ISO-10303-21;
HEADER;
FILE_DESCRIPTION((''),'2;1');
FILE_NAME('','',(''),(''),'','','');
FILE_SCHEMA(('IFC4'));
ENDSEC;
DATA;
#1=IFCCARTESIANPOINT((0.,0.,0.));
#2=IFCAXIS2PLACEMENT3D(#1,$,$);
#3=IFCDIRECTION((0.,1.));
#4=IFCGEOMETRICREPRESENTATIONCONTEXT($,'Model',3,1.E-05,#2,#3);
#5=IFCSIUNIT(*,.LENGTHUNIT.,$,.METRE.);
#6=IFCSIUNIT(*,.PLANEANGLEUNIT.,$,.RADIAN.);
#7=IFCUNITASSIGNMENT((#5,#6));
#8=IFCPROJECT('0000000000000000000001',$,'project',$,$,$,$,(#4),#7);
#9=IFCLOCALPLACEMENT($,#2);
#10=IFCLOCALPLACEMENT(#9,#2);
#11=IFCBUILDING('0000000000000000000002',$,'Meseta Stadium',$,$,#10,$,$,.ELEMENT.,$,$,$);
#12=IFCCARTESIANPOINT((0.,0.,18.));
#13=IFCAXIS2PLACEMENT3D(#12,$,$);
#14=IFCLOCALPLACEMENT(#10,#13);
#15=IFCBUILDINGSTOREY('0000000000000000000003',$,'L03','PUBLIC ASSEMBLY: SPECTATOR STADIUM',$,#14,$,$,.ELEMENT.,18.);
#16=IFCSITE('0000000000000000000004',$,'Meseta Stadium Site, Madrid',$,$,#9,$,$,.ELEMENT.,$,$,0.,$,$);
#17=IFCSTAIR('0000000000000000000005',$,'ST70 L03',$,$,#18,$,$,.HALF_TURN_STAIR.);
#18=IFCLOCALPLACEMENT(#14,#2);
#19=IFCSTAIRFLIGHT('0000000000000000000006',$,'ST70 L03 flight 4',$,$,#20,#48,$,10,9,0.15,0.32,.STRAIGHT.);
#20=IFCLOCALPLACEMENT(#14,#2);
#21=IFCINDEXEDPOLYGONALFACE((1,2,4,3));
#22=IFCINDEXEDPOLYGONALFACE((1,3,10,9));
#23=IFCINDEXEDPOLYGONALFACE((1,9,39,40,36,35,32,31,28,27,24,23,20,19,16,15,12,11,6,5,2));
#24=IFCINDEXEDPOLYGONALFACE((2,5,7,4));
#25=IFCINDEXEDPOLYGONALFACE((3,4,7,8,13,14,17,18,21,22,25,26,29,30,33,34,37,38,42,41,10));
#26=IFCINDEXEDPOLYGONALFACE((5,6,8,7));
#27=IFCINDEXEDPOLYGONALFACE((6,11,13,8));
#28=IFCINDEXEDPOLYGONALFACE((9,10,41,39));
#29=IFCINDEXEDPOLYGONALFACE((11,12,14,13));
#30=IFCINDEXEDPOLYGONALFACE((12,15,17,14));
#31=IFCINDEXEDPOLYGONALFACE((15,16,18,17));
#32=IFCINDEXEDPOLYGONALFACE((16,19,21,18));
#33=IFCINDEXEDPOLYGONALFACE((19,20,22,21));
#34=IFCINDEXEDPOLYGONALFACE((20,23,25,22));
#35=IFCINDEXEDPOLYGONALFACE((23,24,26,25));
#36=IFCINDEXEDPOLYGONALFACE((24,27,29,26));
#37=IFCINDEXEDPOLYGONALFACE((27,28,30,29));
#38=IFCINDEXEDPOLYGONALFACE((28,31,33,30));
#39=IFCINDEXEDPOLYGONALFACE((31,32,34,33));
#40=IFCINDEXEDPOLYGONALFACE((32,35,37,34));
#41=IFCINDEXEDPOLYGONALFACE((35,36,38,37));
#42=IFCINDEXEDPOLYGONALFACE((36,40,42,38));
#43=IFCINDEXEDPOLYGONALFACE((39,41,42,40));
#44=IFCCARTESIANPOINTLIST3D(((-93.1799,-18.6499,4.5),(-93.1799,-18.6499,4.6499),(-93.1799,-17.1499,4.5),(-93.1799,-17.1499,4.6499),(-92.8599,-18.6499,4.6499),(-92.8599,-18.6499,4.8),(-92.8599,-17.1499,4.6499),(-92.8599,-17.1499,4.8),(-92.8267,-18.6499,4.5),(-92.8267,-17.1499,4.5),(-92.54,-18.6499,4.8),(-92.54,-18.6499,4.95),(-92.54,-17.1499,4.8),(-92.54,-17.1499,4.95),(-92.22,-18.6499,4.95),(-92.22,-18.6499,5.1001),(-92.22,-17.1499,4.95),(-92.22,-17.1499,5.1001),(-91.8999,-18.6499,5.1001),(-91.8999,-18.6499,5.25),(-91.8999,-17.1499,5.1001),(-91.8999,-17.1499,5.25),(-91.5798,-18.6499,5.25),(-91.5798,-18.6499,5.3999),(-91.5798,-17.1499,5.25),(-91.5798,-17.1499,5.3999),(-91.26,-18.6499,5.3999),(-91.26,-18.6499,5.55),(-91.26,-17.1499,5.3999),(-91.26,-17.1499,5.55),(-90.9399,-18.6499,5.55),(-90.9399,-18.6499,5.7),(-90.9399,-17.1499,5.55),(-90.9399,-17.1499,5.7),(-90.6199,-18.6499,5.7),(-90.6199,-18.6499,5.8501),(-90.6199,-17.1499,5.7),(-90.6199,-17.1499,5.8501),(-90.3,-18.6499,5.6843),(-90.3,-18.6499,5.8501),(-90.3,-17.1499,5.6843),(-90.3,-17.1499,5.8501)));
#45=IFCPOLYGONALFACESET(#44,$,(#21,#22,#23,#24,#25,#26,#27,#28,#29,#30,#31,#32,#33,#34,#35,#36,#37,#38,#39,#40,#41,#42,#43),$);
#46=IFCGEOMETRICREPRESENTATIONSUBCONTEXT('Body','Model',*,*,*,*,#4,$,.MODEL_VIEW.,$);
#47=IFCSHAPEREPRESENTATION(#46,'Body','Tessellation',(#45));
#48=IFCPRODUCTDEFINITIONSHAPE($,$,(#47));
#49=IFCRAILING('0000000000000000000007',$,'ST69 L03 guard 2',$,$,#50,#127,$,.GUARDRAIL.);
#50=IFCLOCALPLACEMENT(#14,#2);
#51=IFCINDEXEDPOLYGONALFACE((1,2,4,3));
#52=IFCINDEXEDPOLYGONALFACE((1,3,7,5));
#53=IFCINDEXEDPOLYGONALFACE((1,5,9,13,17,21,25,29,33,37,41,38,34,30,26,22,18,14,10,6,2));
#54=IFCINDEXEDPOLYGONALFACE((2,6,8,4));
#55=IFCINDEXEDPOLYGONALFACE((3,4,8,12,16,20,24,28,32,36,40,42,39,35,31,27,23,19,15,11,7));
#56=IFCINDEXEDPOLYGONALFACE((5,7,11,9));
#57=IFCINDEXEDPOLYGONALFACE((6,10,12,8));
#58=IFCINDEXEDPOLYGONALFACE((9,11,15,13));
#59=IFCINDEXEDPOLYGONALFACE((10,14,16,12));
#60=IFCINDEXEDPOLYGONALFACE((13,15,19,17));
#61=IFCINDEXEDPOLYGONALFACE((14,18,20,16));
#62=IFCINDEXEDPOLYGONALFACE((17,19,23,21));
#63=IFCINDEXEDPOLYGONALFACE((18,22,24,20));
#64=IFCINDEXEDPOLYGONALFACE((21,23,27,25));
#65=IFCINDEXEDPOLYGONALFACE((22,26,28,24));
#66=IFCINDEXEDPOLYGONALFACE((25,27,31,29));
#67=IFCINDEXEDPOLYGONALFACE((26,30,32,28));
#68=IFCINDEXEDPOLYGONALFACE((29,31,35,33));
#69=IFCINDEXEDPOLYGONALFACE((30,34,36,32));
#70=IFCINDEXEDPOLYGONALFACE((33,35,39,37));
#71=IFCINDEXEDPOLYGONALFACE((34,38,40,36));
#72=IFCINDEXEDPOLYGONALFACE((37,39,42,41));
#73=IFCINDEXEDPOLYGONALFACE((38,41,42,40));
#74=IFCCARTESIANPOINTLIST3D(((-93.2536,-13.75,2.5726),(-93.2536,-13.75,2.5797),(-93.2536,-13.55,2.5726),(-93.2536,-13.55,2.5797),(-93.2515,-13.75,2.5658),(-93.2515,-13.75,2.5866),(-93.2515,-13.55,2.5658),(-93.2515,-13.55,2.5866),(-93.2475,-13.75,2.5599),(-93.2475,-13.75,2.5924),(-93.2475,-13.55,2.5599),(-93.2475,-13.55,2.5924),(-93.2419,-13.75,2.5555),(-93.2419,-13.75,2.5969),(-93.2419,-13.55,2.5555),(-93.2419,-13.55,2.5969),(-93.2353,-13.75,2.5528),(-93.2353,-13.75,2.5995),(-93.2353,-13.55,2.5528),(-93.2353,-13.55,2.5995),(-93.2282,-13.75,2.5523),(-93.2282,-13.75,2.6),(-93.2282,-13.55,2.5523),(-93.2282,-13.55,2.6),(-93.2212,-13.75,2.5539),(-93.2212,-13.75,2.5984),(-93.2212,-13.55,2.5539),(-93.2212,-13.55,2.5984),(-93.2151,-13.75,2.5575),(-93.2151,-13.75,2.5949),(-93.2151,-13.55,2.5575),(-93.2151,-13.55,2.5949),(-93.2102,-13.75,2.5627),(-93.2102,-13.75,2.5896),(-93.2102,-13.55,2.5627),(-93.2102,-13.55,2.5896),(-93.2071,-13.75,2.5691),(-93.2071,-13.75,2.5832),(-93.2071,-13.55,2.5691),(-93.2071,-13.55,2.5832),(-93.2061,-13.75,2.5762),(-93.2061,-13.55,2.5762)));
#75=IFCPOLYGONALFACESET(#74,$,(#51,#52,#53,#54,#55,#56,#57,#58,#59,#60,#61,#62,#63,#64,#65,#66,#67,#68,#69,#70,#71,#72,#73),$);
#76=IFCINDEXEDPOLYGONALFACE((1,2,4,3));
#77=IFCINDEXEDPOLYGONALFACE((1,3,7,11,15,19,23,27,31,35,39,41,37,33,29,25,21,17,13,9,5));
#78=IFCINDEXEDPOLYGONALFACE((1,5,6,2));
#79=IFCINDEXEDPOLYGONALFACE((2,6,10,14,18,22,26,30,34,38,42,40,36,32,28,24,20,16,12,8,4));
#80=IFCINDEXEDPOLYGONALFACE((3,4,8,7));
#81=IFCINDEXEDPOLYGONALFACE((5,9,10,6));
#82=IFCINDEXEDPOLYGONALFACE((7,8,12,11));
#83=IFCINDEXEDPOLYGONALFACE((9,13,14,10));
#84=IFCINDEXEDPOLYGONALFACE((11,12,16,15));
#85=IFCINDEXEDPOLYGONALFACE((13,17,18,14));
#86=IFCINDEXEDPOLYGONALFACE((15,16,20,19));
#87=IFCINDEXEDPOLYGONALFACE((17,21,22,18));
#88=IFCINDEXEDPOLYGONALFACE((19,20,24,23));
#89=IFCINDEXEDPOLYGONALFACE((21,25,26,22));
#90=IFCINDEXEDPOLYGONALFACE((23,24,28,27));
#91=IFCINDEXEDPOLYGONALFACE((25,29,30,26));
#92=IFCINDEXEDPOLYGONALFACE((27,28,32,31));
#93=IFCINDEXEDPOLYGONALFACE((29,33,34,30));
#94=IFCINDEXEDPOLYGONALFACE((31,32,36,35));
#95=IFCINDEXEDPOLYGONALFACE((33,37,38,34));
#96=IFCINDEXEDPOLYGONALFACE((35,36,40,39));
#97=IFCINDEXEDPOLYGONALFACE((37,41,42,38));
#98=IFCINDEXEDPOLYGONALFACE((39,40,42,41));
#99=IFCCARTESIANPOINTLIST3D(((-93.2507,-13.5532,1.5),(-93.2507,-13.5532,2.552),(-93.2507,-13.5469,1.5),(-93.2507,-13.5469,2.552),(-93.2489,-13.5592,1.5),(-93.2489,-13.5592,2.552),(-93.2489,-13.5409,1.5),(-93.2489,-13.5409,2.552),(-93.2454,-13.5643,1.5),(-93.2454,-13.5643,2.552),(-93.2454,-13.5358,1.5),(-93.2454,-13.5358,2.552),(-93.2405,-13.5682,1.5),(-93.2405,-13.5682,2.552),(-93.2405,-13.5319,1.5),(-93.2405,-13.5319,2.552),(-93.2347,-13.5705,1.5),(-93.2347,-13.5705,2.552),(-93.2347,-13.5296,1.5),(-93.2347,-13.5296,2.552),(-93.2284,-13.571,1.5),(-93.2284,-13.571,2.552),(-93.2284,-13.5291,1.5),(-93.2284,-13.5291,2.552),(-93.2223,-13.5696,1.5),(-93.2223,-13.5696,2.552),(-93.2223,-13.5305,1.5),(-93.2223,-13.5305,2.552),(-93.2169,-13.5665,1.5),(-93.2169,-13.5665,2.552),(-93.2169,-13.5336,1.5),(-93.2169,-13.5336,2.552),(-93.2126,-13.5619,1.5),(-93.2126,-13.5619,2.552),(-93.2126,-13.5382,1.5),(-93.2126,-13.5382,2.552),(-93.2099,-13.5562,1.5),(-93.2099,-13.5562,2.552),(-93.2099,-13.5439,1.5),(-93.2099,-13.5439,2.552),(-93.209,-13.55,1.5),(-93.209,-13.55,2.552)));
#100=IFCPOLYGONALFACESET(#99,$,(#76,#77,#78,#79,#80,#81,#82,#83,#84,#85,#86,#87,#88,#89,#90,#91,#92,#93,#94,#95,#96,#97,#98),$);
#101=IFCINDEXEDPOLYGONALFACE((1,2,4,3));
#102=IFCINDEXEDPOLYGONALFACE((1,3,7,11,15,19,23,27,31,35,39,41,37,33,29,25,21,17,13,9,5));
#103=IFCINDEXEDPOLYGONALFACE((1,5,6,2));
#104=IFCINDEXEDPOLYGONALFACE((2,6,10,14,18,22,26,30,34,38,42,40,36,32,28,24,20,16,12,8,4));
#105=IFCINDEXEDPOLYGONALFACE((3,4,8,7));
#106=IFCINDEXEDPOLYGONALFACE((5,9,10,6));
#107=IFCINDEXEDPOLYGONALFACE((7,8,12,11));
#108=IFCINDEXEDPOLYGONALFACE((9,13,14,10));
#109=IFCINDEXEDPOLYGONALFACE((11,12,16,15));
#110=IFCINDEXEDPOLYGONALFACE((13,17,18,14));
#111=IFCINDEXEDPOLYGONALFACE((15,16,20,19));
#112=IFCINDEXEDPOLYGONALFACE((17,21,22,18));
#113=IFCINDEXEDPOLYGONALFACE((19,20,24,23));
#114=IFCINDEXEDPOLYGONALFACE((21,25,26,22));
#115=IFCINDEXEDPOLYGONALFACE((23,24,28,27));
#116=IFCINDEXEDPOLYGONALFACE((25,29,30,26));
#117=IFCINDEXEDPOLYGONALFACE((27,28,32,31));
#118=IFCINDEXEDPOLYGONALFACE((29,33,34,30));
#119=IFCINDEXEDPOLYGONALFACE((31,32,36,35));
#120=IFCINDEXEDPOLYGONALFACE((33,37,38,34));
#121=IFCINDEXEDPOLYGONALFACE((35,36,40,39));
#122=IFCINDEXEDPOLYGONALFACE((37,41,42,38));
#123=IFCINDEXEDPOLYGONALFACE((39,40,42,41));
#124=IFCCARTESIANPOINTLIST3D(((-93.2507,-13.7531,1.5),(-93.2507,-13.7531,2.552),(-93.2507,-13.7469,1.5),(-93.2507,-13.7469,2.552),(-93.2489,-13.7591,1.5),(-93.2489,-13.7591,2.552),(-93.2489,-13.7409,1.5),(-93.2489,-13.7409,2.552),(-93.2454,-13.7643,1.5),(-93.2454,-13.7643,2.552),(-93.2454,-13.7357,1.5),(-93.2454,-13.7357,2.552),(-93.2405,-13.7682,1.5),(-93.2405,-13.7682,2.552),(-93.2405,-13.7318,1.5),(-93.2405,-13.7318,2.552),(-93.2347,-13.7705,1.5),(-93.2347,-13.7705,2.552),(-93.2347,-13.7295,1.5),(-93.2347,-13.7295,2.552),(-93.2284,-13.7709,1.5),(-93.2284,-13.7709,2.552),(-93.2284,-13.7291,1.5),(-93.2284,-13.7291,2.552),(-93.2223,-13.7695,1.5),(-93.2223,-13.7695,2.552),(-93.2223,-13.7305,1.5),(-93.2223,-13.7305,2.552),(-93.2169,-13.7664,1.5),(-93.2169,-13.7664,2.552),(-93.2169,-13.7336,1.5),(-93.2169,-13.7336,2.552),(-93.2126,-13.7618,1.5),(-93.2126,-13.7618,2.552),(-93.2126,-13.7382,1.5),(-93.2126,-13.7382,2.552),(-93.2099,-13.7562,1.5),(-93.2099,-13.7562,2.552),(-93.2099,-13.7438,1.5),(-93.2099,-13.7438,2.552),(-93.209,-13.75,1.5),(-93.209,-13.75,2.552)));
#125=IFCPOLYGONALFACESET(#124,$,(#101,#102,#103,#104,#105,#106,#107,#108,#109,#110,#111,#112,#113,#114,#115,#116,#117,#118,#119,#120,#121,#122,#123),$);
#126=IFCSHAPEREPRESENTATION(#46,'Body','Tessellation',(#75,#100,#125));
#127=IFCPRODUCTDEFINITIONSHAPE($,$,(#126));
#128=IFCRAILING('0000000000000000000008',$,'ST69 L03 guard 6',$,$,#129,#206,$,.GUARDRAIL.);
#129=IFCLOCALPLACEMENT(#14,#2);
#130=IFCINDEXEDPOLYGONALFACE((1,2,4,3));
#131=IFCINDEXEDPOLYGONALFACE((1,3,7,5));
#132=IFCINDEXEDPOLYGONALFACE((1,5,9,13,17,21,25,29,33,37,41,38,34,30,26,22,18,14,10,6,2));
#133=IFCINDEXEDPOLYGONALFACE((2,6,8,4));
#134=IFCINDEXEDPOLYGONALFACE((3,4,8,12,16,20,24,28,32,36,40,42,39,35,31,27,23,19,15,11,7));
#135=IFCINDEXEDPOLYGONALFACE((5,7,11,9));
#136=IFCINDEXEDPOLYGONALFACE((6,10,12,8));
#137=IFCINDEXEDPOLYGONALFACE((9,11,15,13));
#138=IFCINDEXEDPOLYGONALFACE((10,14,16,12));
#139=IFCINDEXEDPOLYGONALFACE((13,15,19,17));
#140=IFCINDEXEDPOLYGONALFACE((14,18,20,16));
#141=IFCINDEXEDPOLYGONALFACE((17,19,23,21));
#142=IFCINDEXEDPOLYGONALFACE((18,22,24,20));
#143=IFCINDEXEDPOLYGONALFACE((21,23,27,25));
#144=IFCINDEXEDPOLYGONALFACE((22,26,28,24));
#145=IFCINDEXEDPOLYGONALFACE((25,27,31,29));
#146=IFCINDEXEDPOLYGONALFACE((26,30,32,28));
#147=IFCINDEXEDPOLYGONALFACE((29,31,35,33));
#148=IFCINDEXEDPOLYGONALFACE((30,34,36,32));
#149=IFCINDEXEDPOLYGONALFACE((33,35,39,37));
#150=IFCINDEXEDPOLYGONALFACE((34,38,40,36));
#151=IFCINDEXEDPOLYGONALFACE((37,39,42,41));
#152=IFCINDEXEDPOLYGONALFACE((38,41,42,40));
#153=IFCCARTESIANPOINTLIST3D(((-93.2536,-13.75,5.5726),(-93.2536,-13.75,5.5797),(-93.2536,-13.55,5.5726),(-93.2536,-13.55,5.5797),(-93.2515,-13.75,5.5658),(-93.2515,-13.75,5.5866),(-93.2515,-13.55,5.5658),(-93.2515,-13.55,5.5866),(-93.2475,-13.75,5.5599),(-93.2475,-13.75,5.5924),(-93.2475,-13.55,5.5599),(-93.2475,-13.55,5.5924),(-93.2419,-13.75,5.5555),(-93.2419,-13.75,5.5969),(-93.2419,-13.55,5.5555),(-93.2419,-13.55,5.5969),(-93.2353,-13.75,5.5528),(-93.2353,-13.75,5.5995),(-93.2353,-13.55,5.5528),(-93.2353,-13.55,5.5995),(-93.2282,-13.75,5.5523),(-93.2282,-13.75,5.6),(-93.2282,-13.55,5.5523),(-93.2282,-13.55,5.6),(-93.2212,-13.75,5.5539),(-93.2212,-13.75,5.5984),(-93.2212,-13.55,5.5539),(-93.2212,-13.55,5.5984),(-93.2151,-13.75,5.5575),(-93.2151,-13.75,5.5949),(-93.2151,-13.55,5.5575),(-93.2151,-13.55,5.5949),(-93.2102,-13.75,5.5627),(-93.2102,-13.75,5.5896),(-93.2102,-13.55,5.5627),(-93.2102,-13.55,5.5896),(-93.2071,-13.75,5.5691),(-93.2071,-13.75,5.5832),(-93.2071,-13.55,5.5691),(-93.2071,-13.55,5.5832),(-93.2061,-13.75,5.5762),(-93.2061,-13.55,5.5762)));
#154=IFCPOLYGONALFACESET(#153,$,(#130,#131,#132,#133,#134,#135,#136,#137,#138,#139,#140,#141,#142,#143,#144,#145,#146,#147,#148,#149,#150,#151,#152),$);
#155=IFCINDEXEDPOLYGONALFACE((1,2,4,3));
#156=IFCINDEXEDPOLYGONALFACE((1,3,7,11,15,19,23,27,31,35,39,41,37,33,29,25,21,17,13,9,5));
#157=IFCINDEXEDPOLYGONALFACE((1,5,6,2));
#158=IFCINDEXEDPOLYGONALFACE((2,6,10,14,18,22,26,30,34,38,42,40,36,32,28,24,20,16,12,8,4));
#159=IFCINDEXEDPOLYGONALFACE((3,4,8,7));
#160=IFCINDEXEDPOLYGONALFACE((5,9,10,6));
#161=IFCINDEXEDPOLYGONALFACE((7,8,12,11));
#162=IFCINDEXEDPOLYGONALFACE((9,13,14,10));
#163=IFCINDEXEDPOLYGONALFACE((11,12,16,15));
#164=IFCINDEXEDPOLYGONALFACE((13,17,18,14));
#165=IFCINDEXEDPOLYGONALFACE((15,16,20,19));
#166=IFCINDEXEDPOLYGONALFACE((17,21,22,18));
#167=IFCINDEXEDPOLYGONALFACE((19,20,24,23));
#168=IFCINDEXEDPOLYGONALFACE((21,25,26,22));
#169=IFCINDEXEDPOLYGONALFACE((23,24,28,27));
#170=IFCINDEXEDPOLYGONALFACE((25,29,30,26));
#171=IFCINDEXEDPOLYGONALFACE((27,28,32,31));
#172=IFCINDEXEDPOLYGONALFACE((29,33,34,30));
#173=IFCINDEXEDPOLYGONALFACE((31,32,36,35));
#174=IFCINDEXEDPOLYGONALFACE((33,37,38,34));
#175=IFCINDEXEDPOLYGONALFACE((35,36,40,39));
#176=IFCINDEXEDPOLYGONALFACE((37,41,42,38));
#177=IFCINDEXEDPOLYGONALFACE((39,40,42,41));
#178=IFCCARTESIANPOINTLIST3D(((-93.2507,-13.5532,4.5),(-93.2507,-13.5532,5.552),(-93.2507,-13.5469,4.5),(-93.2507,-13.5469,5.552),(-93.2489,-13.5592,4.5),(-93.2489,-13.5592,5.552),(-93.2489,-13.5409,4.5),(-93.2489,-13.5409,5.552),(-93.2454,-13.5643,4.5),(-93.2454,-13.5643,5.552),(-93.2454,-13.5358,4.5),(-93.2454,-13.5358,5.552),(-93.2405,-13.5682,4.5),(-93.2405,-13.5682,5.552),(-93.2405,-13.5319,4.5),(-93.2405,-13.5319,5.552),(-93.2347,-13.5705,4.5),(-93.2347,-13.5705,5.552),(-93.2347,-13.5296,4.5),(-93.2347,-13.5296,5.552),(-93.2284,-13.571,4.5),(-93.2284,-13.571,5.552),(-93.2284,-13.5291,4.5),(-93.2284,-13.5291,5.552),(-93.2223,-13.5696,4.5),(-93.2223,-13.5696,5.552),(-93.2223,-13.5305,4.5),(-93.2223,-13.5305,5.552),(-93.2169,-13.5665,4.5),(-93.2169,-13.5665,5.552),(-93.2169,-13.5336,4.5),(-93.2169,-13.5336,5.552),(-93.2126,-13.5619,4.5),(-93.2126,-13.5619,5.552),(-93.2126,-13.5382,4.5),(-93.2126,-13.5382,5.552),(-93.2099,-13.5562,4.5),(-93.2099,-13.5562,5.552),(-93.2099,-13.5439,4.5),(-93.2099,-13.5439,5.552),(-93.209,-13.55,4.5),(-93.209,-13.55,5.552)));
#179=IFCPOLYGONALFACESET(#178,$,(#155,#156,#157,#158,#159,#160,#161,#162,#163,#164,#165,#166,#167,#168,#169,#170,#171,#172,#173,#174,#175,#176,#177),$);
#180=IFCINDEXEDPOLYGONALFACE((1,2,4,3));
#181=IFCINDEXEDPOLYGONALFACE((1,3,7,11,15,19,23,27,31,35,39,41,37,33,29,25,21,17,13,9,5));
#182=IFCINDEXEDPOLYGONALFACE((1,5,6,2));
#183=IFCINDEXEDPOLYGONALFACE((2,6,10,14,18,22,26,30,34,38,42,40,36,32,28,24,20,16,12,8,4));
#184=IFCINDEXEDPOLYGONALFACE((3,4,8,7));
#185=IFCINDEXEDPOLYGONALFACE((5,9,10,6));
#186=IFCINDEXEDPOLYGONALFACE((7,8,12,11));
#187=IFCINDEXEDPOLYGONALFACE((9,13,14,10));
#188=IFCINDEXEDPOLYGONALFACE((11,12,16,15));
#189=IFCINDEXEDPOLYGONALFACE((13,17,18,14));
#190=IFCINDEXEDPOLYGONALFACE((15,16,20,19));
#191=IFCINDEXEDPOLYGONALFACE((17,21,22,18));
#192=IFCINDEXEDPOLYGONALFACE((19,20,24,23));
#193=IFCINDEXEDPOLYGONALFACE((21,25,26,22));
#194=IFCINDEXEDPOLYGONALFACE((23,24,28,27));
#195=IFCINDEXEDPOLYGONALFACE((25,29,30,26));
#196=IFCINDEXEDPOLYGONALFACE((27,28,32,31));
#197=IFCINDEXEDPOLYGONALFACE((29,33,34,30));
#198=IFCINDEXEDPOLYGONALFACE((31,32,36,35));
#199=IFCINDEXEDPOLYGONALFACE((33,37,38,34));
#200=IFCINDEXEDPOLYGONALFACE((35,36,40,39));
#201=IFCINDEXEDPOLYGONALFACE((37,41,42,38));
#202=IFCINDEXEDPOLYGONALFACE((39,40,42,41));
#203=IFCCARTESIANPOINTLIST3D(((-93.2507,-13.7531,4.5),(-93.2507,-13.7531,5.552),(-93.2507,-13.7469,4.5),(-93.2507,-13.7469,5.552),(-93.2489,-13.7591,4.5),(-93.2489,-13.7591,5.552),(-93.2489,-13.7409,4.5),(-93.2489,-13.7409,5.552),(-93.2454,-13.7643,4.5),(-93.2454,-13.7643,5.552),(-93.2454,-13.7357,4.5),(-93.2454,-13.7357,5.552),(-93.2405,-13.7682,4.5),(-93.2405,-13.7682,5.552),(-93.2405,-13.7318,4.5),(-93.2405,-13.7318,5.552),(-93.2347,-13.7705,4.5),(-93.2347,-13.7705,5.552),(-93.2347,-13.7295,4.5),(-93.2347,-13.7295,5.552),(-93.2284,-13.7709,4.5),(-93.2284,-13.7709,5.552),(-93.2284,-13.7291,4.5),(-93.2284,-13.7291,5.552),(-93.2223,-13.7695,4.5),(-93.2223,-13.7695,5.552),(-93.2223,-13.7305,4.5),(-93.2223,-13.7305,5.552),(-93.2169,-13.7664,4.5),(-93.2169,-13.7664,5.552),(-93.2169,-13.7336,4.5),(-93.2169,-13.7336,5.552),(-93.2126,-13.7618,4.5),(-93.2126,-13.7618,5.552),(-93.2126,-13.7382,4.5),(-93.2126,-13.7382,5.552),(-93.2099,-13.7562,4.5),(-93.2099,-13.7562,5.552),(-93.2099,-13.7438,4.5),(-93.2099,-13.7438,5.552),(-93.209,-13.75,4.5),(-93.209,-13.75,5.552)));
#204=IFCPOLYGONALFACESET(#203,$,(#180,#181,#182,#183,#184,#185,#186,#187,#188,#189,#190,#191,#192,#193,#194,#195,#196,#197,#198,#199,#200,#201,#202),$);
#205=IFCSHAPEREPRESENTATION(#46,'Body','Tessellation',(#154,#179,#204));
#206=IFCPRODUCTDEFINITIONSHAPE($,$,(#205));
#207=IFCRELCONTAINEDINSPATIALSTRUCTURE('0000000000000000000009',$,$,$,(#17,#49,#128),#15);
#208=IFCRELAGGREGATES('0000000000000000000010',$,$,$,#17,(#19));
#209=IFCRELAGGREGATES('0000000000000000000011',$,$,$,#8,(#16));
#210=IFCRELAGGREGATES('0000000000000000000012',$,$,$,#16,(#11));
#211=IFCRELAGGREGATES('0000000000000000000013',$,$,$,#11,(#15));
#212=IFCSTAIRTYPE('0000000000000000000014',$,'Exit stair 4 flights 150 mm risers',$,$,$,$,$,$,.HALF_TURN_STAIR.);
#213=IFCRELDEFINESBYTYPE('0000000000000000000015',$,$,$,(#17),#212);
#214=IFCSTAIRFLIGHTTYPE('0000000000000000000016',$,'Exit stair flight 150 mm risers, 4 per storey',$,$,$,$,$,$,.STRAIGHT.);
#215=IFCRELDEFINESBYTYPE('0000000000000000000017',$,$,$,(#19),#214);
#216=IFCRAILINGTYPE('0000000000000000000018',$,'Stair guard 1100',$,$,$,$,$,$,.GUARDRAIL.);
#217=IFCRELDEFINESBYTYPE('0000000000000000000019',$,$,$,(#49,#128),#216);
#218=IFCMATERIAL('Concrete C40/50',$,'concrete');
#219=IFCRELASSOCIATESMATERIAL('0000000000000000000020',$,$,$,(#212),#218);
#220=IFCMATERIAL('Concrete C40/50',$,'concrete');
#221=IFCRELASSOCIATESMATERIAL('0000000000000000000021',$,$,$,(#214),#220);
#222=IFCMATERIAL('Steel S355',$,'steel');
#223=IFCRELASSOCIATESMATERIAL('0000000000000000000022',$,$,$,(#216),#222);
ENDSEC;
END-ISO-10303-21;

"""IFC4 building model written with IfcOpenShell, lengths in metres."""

from ifc_helpers import new_model, si_unit, direction, frame, origin, origin_2d, place, context, subcontext, project, spatial, polyline, circle, outline, extrude, material, type_object, element, aggregate, save


model = new_model("IFC4")

# Units and contexts
model_context = context("Model", 3, precision=1e-05, world=origin(), true_north=direction((0.0, 1.0)))
body_context = subcontext(model_context, "Body", "Model", "MODEL_VIEW")
ifc_project = project(units=[si_unit("LENGTHUNIT", "METRE"), si_unit("PLANEANGLEUNIT", "RADIAN")], contexts=[model_context])

# Site, building, storey
site_placement = place(None, origin())
site = spatial("IfcSite", under=ifc_project, at=site_placement, Name="Meseta Stadium Site, Madrid", CompositionType="ELEMENT", RefElevation=0.0)
building_placement = place(site_placement, origin())
building = spatial("IfcBuilding", under=site, at=building_placement, Name="Meseta Stadium", CompositionType="ELEMENT")
storey_placement = place(building_placement, frame((0.0, 0.0, 18.0)))
storey = spatial("IfcBuildingStorey", under=building, at=storey_placement, Name="L03", Description="PUBLIC ASSEMBLY: SPECTATOR STADIUM", CompositionType="ELEMENT", Elevation=18.0)

# Stair, stair flight
ifc_material_1 = material(Name="Concrete C40/50", Category="concrete")
stair_type = type_object("IfcStairType", Name="Exit stair 4 flights 150 mm risers", PredefinedType="HALF_TURN_STAIR", material=ifc_material_1)
ifc_material_2 = material(Name="Concrete C40/50", Category="concrete")
stair_flight_type = type_object("IfcStairFlightType", Name="Exit stair flight 150 mm risers, 4 per storey", PredefinedType="STRAIGHT", material=ifc_material_2)
stair_1_placement = place(storey_placement, origin())
stair_1 = element("IfcStair", 1, at=stair_1_placement, inside=storey, type_object=stair_type, Name="ST70 L03", PredefinedType="HALF_TURN_STAIR")
stair_flight_1_placement = place(storey_placement, frame((-93.1799, -17.8999, 4.5), z_axis=(0.0, 0.0, 1.0), x_axis=(1.0, 0.0, 0.0)))
stair_flight_1 = element("IfcStairFlight", 2, at=stair_flight_1_placement, type_object=stair_flight_type, Name="ST70 L03 flight 4", NumberOfRisers=10, NumberOfTreads=9, PredefinedType="STRAIGHT", RiserHeight=0.15, TreadLength=0.32, context=body_context, shape_type="SweptSolid", body=[
    extrude(outline(polyline([(0.0, 0.0), (0.0, 0.1499), (0.3201, 0.1499), (0.3201, 0.3), (0.6399, 0.3), (0.6399, 0.45), (0.96, 0.45), (0.96, 0.6001), (1.28, 0.6001), (1.28, 0.75), (1.6001, 0.75), (1.6001, 0.8999), (1.9199, 0.8999), (1.9199, 1.05), (2.24, 1.05), (2.24, 1.2), (2.5601, 1.2), (2.5601, 1.3501), (2.8799, 1.3501), (2.8799, 1.1843), (0.3533, 0.0), (0.0, 0.0)])), frame((0.0, 0.75, 0.0), z_axis=(0.0, -1.0, 0.0), x_axis=(1.0, 0.0, 0.0)), (0.0, 0.0, 1.0), 1.5),
])
aggregate(stair_1, [stair_flight_1])

# Railings
ifc_material_3 = material(Name="Steel S355", Category="steel")
railing_type_1 = type_object("IfcRailingType", Name="Stair guard 1100", PredefinedType="GUARDRAIL", material=ifc_material_3)
for number, where, name in (
    (3, (-93.23, -13.55, 1.5), "ST69 L03 guard 2"),
    (4, (-93.23, -13.55, 4.5), "ST69 L03 guard 6"),
):
    element("IfcRailing", number, at=place(storey_placement, frame(where)), inside=storey, type_object=railing_type_1, Name=name, PredefinedType="GUARDRAIL", context=body_context, shape_type="SweptSolid", body=[
        extrude(circle(Radius=0.0239, at=origin_2d()), frame((0.0, 0.0, 1.0762), z_axis=(0.0, -1.0, 0.0), x_axis=(1.0, 0.0, 0.0)), (0.0, 0.0, 1.0), 0.2),
        extrude(circle(Radius=0.021, at=origin_2d()), origin(), (0.0, 0.0, 1.0), 1.052),
        extrude(circle(Radius=0.021, at=origin_2d()), frame((0.0, -0.2, 0.0)), (0.0, 0.0, 1.0), 1.052),
    ])

save(model, "model.ifc")
